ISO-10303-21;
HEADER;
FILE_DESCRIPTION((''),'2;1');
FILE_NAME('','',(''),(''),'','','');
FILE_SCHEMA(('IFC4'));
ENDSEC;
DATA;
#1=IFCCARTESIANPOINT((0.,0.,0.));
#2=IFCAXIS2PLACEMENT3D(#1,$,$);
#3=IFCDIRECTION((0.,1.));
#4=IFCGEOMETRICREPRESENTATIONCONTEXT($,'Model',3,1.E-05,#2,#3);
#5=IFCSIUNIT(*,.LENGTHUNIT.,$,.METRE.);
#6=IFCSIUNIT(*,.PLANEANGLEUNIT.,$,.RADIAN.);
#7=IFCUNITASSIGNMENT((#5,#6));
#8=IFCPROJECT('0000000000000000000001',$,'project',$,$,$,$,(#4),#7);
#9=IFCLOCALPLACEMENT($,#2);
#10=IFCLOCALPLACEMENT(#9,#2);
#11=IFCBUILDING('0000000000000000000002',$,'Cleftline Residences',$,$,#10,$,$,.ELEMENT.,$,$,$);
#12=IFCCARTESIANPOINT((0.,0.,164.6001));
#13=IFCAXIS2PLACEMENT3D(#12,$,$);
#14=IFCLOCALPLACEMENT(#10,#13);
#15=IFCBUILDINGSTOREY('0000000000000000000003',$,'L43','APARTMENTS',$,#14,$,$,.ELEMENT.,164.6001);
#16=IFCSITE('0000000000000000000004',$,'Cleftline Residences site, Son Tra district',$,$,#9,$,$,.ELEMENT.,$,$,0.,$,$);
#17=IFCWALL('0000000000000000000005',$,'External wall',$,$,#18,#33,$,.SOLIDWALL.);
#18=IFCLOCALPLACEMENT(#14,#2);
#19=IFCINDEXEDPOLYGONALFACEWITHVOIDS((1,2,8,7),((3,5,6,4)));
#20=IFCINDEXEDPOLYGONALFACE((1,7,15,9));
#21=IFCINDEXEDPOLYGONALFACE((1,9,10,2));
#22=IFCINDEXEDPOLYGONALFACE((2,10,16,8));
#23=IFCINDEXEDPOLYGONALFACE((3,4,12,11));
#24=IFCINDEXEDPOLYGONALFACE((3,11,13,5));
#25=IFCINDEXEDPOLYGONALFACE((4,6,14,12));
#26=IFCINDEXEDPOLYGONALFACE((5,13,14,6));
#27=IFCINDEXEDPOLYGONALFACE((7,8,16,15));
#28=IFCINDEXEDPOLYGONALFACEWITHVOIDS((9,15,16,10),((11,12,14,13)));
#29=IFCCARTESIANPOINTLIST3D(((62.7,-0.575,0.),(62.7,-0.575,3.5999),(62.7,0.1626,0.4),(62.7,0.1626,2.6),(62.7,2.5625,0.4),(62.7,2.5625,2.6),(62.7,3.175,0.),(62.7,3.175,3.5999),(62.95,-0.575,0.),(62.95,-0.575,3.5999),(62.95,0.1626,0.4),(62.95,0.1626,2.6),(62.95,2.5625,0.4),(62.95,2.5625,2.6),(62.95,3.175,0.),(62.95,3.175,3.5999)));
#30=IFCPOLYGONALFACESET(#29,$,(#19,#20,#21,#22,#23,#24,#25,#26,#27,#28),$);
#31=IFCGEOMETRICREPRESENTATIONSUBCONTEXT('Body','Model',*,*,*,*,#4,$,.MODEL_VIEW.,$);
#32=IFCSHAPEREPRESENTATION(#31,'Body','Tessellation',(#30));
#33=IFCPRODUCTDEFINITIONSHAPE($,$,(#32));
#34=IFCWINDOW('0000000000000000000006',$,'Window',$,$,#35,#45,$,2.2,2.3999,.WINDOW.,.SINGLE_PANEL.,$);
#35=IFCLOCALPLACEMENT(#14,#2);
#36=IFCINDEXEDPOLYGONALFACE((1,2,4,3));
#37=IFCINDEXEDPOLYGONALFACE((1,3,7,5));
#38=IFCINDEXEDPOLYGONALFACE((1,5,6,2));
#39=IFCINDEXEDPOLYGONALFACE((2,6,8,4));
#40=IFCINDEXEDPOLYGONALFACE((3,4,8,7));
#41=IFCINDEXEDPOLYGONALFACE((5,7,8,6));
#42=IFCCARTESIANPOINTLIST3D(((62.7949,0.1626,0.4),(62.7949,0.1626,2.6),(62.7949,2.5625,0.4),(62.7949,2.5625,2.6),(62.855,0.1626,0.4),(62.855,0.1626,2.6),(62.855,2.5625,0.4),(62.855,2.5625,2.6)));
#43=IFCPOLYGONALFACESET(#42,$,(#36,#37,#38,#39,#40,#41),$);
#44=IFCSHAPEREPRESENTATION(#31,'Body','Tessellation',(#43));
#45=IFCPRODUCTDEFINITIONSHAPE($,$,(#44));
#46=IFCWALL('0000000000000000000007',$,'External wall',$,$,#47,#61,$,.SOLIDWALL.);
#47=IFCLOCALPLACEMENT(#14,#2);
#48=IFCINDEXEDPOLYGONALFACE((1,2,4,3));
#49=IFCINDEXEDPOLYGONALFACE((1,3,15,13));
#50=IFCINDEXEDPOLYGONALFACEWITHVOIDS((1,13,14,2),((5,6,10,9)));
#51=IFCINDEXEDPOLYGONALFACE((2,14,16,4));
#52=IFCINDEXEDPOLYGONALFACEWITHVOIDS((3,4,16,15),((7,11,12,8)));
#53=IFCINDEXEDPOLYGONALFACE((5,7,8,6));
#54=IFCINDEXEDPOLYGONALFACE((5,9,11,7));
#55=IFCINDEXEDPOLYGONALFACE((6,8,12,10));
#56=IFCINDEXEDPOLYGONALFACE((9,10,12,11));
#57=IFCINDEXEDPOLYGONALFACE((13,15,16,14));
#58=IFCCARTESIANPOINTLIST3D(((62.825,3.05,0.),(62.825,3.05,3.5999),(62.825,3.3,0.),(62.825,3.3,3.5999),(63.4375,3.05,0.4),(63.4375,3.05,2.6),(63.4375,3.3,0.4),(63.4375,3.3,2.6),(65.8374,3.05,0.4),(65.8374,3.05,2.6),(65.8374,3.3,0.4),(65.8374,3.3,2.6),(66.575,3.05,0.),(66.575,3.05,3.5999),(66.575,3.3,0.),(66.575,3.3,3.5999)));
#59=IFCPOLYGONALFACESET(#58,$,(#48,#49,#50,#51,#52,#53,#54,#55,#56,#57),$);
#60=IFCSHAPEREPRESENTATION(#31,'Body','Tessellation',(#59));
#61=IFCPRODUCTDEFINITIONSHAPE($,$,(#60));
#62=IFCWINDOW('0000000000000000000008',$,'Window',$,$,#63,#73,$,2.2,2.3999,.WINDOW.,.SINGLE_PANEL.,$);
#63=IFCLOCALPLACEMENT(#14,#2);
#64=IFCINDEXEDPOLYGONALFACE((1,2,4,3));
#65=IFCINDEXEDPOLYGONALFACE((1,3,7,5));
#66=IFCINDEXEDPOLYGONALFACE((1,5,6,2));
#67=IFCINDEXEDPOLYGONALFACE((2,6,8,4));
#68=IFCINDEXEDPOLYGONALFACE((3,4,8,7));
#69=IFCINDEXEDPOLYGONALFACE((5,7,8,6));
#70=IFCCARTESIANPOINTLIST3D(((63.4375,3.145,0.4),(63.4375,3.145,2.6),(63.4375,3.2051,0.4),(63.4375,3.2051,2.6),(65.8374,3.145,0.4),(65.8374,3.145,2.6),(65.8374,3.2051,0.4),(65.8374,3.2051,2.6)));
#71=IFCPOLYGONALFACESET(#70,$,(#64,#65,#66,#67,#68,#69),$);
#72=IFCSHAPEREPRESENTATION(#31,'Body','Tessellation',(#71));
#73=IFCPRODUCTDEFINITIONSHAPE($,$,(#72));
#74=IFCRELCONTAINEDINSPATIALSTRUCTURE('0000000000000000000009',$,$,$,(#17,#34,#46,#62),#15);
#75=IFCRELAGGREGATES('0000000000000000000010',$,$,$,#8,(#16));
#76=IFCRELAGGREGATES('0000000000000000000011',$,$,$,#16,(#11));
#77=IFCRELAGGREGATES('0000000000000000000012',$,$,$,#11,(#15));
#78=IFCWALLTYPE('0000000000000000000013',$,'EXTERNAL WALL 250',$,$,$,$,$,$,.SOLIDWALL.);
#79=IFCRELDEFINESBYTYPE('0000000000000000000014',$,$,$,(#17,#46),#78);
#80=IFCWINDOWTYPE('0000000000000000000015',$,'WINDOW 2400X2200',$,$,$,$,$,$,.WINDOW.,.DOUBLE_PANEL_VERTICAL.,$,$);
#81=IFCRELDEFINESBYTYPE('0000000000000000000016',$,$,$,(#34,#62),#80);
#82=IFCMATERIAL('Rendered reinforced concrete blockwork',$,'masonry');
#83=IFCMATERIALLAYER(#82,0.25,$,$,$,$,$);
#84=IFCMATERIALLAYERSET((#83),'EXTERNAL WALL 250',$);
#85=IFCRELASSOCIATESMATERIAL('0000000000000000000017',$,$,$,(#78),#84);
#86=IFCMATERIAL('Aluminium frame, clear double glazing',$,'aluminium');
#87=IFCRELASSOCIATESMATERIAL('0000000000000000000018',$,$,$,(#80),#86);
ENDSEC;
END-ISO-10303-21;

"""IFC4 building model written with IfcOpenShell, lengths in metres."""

from ifc_helpers import new_model, si_unit, direction, frame, frame_2d, origin, place, context, subcontext, project, spatial, rectangle, extrude, material, layer, layer_set, type_object, element, fill, save


model = new_model("IFC4")

# Units and contexts
model_context = context("Model", 3, precision=1e-05, world=origin(), true_north=direction((0.0, 1.0)))
body_context = subcontext(model_context, "Body", "Model", "MODEL_VIEW")
ifc_project = project(units=[si_unit("LENGTHUNIT", "METRE"), si_unit("PLANEANGLEUNIT", "RADIAN")], contexts=[model_context])

# Site, building, storey
site_placement = place(None, origin())
site = spatial("IfcSite", under=ifc_project, at=site_placement, Name="Cleftline Residences site, Son Tra district", CompositionType="ELEMENT", RefElevation=0.0)
building_placement = place(site_placement, origin())
building = spatial("IfcBuilding", under=site, at=building_placement, Name="Cleftline Residences", CompositionType="ELEMENT")
storey_placement = place(building_placement, frame((0.0, 0.0, 164.6001)))
storey = spatial("IfcBuildingStorey", under=building, at=storey_placement, Name="L43", Description="APARTMENTS", CompositionType="ELEMENT", Elevation=164.6001)

# Walls, openings, windows
ifc_material_1 = material(Name="Rendered reinforced concrete blockwork", Category="masonry")
ifc_layer_1 = layer(ifc_material_1, 0.25)
ifc_layer_set_1 = layer_set([ifc_layer_1], Name="EXTERNAL WALL 250")
wall_type_1 = type_object("IfcWallType", Name="EXTERNAL WALL 250", PredefinedType="SOLIDWALL", material=ifc_layer_set_1)
wall_1_placement = place(storey_placement, frame((62.825, -0.575, 0.0), z_axis=(0.0, 0.0, 1.0), x_axis=(0.0, 1.0, 0.0)))
wall_1 = element("IfcWall", 1, at=wall_1_placement, inside=storey, type_object=wall_type_1, Name="External wall", PredefinedType="SOLIDWALL", context=body_context, shape_type="SweptSolid", body=[
    extrude(rectangle(XDim=3.75, YDim=0.25, at=frame_2d((1.875, 0.0))), origin(), (0.0, 0.0, 1.0), 3.5999),
])
opening_1_placement = place(wall_1_placement, frame((0.7375, 0.0, 0.3999)))
opening_1 = element("IfcOpeningElement", 2, at=opening_1_placement, cuts=wall_1, PredefinedType="OPENING", context=body_context, shape_type="SweptSolid", body=[
    extrude(rectangle(XDim=2.3999, YDim=2.2, at=frame_2d((1.2, 1.1001))), frame((0.0, 0.135, 0.0), z_axis=(0.0, -1.0, 0.0), x_axis=(1.0, 0.0, 0.0)), (0.0, 0.0, 1.0), 0.27),
])
ifc_material_2 = material(Name="Aluminium frame, clear double glazing", Category="aluminium")
window_type_1 = type_object("IfcWindowType", Name="WINDOW 2400X2200", PartitioningType="DOUBLE_PANEL_VERTICAL", PredefinedType="WINDOW", material=ifc_material_2)
window_1_placement = place(opening_1_placement, origin())
window_1 = element("IfcWindow", 3, at=window_1_placement, inside=storey, type_object=window_type_1, Name="Window", OverallHeight=2.2, OverallWidth=2.3999, PartitioningType="SINGLE_PANEL", PredefinedType="WINDOW", context=body_context, shape_type="SweptSolid", body=[
    extrude(rectangle(XDim=2.3999, YDim=2.2, at=frame_2d((1.2, 1.1001))), frame((0.0, 0.03, 0.0), z_axis=(0.0, -1.0, 0.0), x_axis=(1.0, 0.0, 0.0)), (0.0, 0.0, 1.0), 0.0601),
])
fill(opening_1, window_1)
wall_2_placement = place(storey_placement, frame((62.825, 3.175, 0.0), z_axis=(0.0, 0.0, 1.0), x_axis=(1.0, 0.0, 0.0)))
wall_2 = element("IfcWall", 4, at=wall_2_placement, inside=storey, type_object=wall_type_1, Name="External wall", PredefinedType="SOLIDWALL", context=body_context, shape_type="SweptSolid", body=[
    extrude(rectangle(XDim=3.75, YDim=0.25, at=frame_2d((1.875, 0.0))), origin(), (0.0, 0.0, 1.0), 3.5999),
])
opening_2_placement = place(wall_2_placement, frame((0.6125, 0.0, 0.3999)))
opening_2 = element("IfcOpeningElement", 5, at=opening_2_placement, cuts=wall_2, PredefinedType="OPENING", context=body_context, shape_type="SweptSolid", body=[
    extrude(rectangle(XDim=2.3999, YDim=2.2, at=frame_2d((1.2, 1.1001))), frame((0.0, 0.135, 0.0), z_axis=(0.0, -1.0, 0.0), x_axis=(1.0, 0.0, 0.0)), (0.0, 0.0, 1.0), 0.27),
])
window_2_placement = place(opening_2_placement, origin())
window_2 = element("IfcWindow", 6, at=window_2_placement, inside=storey, type_object=window_type_1, Name="Window", OverallHeight=2.2, OverallWidth=2.3999, PartitioningType="SINGLE_PANEL", PredefinedType="WINDOW", context=body_context, shape_type="SweptSolid", body=[
    extrude(rectangle(XDim=2.3999, YDim=2.2, at=frame_2d((1.2, 1.1001))), frame((0.0, 0.03, 0.0), z_axis=(0.0, -1.0, 0.0), x_axis=(1.0, 0.0, 0.0)), (0.0, 0.0, 1.0), 0.0601),
])
fill(opening_2, window_2)

save(model, "model.ifc")
